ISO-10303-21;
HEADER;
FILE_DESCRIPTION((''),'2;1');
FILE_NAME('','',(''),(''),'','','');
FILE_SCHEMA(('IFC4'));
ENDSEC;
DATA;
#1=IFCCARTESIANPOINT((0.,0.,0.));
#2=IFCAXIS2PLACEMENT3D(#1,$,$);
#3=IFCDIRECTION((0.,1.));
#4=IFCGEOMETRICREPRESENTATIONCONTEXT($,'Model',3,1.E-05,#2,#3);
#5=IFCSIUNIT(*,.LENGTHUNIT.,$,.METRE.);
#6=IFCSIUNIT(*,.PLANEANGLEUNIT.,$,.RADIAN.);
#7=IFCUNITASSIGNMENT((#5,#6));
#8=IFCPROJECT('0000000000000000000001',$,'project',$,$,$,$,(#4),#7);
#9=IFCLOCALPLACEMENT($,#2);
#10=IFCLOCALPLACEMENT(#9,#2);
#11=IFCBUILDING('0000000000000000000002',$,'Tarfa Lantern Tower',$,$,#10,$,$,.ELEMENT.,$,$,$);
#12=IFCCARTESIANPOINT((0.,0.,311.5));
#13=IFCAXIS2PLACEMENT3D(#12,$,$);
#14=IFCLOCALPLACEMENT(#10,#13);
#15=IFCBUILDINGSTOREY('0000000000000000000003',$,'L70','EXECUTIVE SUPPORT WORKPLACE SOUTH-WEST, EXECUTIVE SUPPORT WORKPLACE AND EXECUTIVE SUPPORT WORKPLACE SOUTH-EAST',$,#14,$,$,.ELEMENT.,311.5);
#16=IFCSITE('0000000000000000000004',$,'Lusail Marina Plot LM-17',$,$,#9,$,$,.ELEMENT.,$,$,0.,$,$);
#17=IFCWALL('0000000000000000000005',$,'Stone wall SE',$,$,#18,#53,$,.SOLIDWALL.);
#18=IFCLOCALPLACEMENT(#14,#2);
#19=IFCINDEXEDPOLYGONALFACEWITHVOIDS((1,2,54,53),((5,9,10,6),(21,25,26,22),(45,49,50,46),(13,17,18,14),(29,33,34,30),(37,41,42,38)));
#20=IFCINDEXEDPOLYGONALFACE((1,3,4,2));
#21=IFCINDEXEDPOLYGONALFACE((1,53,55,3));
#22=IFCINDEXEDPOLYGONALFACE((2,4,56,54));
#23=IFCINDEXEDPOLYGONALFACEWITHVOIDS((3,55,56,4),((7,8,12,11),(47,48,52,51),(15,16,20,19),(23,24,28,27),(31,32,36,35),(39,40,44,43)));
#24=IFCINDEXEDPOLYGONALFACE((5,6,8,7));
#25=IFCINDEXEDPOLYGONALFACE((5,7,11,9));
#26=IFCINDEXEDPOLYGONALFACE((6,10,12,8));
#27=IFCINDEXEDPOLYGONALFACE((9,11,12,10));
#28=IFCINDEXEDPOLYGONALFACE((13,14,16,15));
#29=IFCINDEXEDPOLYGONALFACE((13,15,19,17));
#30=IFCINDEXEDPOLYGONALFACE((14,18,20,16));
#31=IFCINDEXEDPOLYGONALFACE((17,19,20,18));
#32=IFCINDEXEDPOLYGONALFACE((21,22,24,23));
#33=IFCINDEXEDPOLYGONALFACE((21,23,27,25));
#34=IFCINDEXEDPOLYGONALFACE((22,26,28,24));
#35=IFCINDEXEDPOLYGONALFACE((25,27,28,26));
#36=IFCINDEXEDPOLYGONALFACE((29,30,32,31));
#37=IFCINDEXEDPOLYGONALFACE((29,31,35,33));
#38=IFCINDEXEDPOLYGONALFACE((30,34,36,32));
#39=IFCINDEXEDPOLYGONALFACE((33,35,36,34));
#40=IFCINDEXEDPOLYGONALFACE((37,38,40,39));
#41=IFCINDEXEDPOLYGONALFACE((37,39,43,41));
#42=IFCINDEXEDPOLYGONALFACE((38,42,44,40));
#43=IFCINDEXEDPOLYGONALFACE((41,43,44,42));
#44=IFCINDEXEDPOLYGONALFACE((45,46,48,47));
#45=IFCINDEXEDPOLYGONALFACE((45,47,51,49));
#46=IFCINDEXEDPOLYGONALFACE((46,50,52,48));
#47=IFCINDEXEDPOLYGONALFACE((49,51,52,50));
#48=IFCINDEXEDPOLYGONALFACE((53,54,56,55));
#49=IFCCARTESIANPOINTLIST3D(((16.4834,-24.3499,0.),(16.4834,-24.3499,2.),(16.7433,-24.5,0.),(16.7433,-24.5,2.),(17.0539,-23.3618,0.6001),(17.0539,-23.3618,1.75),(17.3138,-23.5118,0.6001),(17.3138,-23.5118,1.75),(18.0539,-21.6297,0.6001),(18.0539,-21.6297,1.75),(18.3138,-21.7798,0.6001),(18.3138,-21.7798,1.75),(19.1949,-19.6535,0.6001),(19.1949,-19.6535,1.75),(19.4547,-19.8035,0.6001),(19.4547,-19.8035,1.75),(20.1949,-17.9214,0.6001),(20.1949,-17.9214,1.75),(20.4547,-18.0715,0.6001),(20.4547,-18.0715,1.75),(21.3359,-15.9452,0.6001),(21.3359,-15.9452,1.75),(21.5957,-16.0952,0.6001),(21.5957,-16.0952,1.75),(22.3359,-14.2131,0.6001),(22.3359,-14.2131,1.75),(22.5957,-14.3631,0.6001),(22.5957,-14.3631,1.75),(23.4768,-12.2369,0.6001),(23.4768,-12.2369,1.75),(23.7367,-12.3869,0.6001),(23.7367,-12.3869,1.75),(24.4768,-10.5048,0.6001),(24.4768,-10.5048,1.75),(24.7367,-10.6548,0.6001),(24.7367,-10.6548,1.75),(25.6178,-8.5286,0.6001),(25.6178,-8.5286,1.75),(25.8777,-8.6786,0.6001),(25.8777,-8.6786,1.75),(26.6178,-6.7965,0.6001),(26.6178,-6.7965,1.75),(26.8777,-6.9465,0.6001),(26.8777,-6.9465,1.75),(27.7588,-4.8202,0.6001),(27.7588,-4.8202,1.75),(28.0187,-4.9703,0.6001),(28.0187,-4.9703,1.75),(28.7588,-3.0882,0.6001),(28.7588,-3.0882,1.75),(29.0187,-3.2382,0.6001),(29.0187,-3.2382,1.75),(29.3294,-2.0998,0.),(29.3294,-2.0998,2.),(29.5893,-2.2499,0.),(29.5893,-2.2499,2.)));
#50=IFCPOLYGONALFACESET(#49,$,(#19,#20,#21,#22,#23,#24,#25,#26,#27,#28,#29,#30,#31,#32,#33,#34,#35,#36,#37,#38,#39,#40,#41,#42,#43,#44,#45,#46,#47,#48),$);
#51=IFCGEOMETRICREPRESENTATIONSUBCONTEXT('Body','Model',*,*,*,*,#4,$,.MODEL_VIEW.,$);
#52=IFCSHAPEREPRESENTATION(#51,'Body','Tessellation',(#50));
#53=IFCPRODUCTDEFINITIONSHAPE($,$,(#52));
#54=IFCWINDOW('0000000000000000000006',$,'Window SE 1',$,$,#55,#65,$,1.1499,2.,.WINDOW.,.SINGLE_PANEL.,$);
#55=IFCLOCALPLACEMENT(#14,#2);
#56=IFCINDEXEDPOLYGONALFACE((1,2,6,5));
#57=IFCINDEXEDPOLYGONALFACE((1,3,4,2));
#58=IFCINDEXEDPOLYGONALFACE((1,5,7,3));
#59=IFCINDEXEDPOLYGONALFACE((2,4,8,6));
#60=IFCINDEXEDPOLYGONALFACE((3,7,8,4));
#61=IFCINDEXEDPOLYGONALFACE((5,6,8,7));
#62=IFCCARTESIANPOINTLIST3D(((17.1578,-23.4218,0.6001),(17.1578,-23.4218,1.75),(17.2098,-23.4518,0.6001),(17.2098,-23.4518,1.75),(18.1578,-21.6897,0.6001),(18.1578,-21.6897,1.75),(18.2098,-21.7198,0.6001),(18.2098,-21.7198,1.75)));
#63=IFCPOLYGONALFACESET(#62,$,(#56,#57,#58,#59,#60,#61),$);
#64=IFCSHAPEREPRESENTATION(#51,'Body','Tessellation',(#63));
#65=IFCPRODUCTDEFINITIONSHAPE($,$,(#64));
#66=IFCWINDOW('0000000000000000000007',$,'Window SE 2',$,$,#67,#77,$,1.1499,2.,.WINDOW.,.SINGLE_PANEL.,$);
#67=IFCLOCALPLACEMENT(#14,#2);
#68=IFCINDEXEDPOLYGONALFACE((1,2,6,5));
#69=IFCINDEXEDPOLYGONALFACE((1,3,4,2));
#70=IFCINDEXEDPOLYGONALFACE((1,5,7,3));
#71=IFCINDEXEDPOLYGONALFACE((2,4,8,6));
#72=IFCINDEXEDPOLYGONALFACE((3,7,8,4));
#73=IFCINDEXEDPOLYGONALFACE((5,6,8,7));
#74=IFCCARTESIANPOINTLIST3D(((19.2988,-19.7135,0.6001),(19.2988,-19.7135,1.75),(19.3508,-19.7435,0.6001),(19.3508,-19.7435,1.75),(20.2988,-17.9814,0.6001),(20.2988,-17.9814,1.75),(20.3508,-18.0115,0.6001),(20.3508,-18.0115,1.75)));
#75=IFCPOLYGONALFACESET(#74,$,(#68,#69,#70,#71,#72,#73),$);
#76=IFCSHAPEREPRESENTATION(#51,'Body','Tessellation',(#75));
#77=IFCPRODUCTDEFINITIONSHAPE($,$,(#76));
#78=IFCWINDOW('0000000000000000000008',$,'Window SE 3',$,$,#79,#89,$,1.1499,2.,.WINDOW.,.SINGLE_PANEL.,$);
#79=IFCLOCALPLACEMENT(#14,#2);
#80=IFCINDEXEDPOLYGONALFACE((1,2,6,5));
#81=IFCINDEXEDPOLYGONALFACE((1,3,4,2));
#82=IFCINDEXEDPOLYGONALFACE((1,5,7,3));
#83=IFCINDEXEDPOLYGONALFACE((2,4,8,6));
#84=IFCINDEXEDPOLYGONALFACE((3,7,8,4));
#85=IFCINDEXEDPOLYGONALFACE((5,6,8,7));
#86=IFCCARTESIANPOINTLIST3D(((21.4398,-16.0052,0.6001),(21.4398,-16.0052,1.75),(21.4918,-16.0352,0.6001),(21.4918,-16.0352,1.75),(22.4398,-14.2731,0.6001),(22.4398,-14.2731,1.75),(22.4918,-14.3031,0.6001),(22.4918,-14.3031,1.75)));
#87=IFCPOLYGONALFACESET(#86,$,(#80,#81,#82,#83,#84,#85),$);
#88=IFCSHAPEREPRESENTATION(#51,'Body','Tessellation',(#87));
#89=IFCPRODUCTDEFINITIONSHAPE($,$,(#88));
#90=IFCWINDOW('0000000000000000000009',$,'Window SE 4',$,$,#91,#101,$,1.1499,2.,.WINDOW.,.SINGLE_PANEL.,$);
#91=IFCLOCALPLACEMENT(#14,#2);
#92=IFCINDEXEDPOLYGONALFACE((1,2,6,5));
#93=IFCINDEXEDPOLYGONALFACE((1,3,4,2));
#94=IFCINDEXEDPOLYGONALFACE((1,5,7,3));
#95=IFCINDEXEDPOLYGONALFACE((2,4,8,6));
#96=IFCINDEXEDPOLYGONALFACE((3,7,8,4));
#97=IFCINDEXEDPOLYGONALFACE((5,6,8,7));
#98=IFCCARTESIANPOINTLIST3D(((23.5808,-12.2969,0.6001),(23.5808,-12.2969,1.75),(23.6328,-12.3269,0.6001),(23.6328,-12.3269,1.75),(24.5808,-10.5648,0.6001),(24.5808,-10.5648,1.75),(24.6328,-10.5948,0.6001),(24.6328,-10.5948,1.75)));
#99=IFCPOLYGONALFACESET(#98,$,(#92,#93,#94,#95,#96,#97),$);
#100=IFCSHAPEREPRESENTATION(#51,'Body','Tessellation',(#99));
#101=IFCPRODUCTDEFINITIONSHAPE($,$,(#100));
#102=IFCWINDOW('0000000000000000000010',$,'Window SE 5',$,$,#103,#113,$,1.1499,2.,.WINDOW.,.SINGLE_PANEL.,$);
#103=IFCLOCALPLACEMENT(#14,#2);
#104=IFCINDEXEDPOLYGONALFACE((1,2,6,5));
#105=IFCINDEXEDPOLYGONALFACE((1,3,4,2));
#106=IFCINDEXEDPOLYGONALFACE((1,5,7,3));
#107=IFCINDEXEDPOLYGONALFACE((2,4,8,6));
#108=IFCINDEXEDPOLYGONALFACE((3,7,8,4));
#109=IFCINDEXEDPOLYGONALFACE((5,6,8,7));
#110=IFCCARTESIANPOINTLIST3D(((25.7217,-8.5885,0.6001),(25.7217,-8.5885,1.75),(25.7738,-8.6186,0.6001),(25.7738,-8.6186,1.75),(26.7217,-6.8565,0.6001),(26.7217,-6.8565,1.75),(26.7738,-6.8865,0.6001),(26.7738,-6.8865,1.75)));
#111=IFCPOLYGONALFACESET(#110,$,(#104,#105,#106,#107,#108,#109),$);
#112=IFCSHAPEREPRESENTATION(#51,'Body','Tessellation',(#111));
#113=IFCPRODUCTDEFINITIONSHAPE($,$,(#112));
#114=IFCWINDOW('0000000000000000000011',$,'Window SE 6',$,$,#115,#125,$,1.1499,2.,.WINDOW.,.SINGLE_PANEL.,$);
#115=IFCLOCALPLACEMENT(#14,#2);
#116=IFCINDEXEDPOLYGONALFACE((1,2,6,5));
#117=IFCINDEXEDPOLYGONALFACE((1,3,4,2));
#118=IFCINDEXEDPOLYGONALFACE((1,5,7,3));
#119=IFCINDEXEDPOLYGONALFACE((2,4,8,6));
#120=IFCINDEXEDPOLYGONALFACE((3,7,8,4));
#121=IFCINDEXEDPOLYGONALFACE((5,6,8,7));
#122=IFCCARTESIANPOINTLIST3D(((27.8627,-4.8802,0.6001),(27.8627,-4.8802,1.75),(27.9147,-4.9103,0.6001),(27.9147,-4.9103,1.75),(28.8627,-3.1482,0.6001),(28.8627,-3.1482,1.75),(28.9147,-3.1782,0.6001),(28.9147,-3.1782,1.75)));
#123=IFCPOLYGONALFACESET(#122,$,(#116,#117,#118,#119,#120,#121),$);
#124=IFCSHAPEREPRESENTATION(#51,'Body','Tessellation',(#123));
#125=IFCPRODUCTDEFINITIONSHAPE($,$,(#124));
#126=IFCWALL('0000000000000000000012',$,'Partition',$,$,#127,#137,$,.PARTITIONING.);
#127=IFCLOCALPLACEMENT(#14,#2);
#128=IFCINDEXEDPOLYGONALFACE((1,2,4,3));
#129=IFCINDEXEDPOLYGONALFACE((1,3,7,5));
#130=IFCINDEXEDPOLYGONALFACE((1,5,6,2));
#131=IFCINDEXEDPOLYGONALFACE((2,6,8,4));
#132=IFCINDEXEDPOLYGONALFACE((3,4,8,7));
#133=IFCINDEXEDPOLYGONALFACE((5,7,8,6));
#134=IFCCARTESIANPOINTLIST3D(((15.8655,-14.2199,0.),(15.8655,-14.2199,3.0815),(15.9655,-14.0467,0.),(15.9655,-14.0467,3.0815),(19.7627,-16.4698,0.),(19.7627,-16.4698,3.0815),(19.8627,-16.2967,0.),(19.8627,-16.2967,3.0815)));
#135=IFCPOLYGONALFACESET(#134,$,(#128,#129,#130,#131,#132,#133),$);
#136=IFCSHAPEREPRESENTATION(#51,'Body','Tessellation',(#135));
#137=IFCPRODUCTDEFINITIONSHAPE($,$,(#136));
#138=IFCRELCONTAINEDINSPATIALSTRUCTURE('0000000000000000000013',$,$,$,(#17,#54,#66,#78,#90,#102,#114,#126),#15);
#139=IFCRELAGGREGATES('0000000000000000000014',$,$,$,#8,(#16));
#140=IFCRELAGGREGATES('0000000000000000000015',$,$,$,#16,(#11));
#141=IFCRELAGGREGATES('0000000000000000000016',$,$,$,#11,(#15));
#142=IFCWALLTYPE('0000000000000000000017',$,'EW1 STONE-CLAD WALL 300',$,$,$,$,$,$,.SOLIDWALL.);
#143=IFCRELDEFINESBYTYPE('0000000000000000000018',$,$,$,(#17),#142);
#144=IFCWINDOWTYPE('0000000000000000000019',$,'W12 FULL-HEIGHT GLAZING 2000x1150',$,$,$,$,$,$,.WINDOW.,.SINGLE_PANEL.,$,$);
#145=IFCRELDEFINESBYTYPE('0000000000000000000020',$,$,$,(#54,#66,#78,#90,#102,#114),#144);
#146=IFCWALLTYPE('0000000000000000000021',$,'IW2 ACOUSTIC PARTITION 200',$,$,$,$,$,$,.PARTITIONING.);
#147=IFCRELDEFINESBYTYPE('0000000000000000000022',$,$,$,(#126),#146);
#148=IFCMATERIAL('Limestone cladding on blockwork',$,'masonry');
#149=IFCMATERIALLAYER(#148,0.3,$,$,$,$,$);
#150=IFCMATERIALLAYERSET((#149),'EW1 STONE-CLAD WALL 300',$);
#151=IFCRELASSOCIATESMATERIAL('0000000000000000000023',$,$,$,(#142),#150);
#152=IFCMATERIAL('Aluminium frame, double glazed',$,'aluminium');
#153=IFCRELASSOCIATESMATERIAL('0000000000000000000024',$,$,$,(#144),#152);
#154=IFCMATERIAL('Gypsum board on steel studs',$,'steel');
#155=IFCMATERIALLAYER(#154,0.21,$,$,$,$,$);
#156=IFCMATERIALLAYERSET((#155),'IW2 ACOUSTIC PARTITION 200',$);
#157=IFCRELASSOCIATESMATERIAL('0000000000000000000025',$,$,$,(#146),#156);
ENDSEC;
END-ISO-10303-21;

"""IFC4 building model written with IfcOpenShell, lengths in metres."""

from ifc_helpers import new_model, si_unit, direction, frame, frame_2d, origin, place, context, subcontext, project, spatial, rectangle, extrude, material, layer, layer_set, type_object, element, fill, save


model = new_model("IFC4")

# Units and contexts
model_context = context("Model", 3, precision=1e-05, world=origin(), true_north=direction((0.0, 1.0)))
body_context = subcontext(model_context, "Body", "Model", "MODEL_VIEW")
ifc_project = project(units=[si_unit("LENGTHUNIT", "METRE"), si_unit("PLANEANGLEUNIT", "RADIAN")], contexts=[model_context])

# Site, building, storey
site_placement = place(None, origin())
site = spatial("IfcSite", under=ifc_project, at=site_placement, Name="Lusail Marina Plot LM-17", CompositionType="ELEMENT", RefElevation=0.0)
building_placement = place(site_placement, origin())
building = spatial("IfcBuilding", under=site, at=building_placement, Name="Tarfa Lantern Tower", CompositionType="ELEMENT")
storey_placement = place(building_placement, frame((0.0, 0.0, 311.5)))
storey = spatial("IfcBuildingStorey", under=building, at=storey_placement, Name="L70", Description="EXECUTIVE SUPPORT WORKPLACE SOUTH-WEST, EXECUTIVE SUPPORT WORKPLACE AND EXECUTIVE SUPPORT WORKPLACE SOUTH-EAST", CompositionType="ELEMENT", Elevation=311.5)

# Wall, openings, windows
ifc_material_1 = material(Name="Limestone cladding on blockwork", Category="masonry")
ifc_layer_1 = layer(ifc_material_1, 0.3)
ifc_layer_set_1 = layer_set([ifc_layer_1], Name="EW1 STONE-CLAD WALL 300")
wall_type_1 = type_object("IfcWallType", Name="EW1 STONE-CLAD WALL 300", PredefinedType="SOLIDWALL", material=ifc_layer_set_1)
wall_1_placement = place(storey_placement, frame((16.6133, -24.425, 0.0), z_axis=(0.0, 0.0, 1.0), x_axis=(0.499997, 0.866027, 0.0)))
wall_1 = element("IfcWall", 1, at=wall_1_placement, inside=storey, type_object=wall_type_1, Name="Stone wall SE", PredefinedType="SOLIDWALL", context=body_context, shape_type="SweptSolid", body=[
    extrude(rectangle(XDim=25.6921, YDim=0.3, at=frame_2d((12.8462, 0.0))), origin(), (0.0, 0.0, 1.0), 2.0),
])
opening_1_placement = place(wall_1_placement, frame((1.1411, 0.0, 0.6001)))
opening_1 = element("IfcOpeningElement", 2, at=opening_1_placement, cuts=wall_1, PredefinedType="OPENING", context=body_context, shape_type="SweptSolid", body=[
    extrude(rectangle(XDim=2.0, YDim=1.1499, at=frame_2d((1.0, 0.575))), frame((0.0, 0.1599, 0.0), z_axis=(0.0, -1.0, 0.0), x_axis=(1.0, 0.0, 0.0)), (0.0, 0.0, 1.0), 0.3201),
])
opening_2_placement = place(wall_1_placement, frame((5.4231, 0.0, 0.6001)))
opening_2 = element("IfcOpeningElement", 3, at=opening_2_placement, cuts=wall_1, PredefinedType="OPENING", context=body_context, shape_type="SweptSolid", body=[
    extrude(rectangle(XDim=2.0, YDim=1.1499, at=frame_2d((1.0, 0.575))), frame((0.0, 0.1599, 0.0), z_axis=(0.0, -1.0, 0.0), x_axis=(1.0, 0.0, 0.0)), (0.0, 0.0, 1.0), 0.3201),
])
opening_3_placement = place(wall_1_placement, frame((9.7051, 0.0, 0.6001)))
opening_3 = element("IfcOpeningElement", 4, at=opening_3_placement, cuts=wall_1, PredefinedType="OPENING", context=body_context, shape_type="SweptSolid", body=[
    extrude(rectangle(XDim=2.0, YDim=1.1499, at=frame_2d((1.0, 0.575))), frame((0.0, 0.1599, 0.0), z_axis=(0.0, -1.0, 0.0), x_axis=(1.0, 0.0, 0.0)), (0.0, 0.0, 1.0), 0.3201),
])
opening_4_placement = place(wall_1_placement, frame((13.9871, 0.0, 0.6001)))
opening_4 = element("IfcOpeningElement", 5, at=opening_4_placement, cuts=wall_1, PredefinedType="OPENING", context=body_context, shape_type="SweptSolid", body=[
    extrude(rectangle(XDim=2.0, YDim=1.1499, at=frame_2d((1.0, 0.575))), frame((0.0, 0.1599, 0.0), z_axis=(0.0, -1.0, 0.0), x_axis=(1.0, 0.0, 0.0)), (0.0, 0.0, 1.0), 0.3201),
])
opening_5_placement = place(wall_1_placement, frame((18.269, 0.0, 0.6001)))
opening_5 = element("IfcOpeningElement", 6, at=opening_5_placement, cuts=wall_1, PredefinedType="OPENING", context=body_context, shape_type="SweptSolid", body=[
    extrude(rectangle(XDim=2.0, YDim=1.1499, at=frame_2d((1.0, 0.575))), frame((0.0, 0.1599, 0.0), z_axis=(0.0, -1.0, 0.0), x_axis=(1.0, 0.0, 0.0)), (0.0, 0.0, 1.0), 0.3201),
])
opening_6_placement = place(wall_1_placement, frame((22.551, 0.0, 0.6001)))
opening_6 = element("IfcOpeningElement", 7, at=opening_6_placement, cuts=wall_1, PredefinedType="OPENING", context=body_context, shape_type="SweptSolid", body=[
    extrude(rectangle(XDim=2.0, YDim=1.1499, at=frame_2d((1.0, 0.575))), frame((0.0, 0.1599, 0.0), z_axis=(0.0, -1.0, 0.0), x_axis=(1.0, 0.0, 0.0)), (0.0, 0.0, 1.0), 0.3201),
])
ifc_material_2 = material(Name="Aluminium frame, double glazed", Category="aluminium")
window_type = type_object("IfcWindowType", Name="W12 FULL-HEIGHT GLAZING 2000x1150", PartitioningType="SINGLE_PANEL", PredefinedType="WINDOW", material=ifc_material_2)
window_1_placement = place(opening_1_placement, origin())
window_1 = element("IfcWindow", 8, at=window_1_placement, inside=storey, type_object=window_type, Name="Window SE 1", OverallHeight=1.1499, OverallWidth=2.0, PartitioningType="SINGLE_PANEL", PredefinedType="WINDOW", context=body_context, shape_type="SweptSolid", body=[
    extrude(rectangle(XDim=2.0, YDim=1.1499, at=frame_2d((1.0, 0.575))), frame((0.0, 0.03, 0.0), z_axis=(0.0, -1.0, 0.0), x_axis=(1.0, 0.0, 0.0)), (0.0, 0.0, 1.0), 0.0601),
])
fill(opening_1, window_1)
window_2_placement = place(opening_2_placement, origin())
window_2 = element("IfcWindow", 9, at=window_2_placement, inside=storey, type_object=window_type, Name="Window SE 2", OverallHeight=1.1499, OverallWidth=2.0, PartitioningType="SINGLE_PANEL", PredefinedType="WINDOW", context=body_context, shape_type="SweptSolid", body=[
    extrude(rectangle(XDim=2.0, YDim=1.1499, at=frame_2d((1.0, 0.575))), frame((0.0, 0.03, 0.0), z_axis=(0.0, -1.0, 0.0), x_axis=(1.0, 0.0, 0.0)), (0.0, 0.0, 1.0), 0.0601),
])
fill(opening_2, window_2)
window_3_placement = place(opening_3_placement, origin())
window_3 = element("IfcWindow", 10, at=window_3_placement, inside=storey, type_object=window_type, Name="Window SE 3", OverallHeight=1.1499, OverallWidth=2.0, PartitioningType="SINGLE_PANEL", PredefinedType="WINDOW", context=body_context, shape_type="SweptSolid", body=[
    extrude(rectangle(XDim=2.0, YDim=1.1499, at=frame_2d((1.0, 0.575))), frame((0.0, 0.03, 0.0), z_axis=(0.0, -1.0, 0.0), x_axis=(1.0, 0.0, 0.0)), (0.0, 0.0, 1.0), 0.0601),
])
fill(opening_3, window_3)
window_4_placement = place(opening_4_placement, origin())
window_4 = element("IfcWindow", 11, at=window_4_placement, inside=storey, type_object=window_type, Name="Window SE 4", OverallHeight=1.1499, OverallWidth=2.0, PartitioningType="SINGLE_PANEL", PredefinedType="WINDOW", context=body_context, shape_type="SweptSolid", body=[
    extrude(rectangle(XDim=2.0, YDim=1.1499, at=frame_2d((1.0, 0.575))), frame((0.0, 0.03, 0.0), z_axis=(0.0, -1.0, 0.0), x_axis=(1.0, 0.0, 0.0)), (0.0, 0.0, 1.0), 0.0601),
])
fill(opening_4, window_4)
window_5_placement = place(opening_5_placement, origin())
window_5 = element("IfcWindow", 12, at=window_5_placement, inside=storey, type_object=window_type, Name="Window SE 5", OverallHeight=1.1499, OverallWidth=2.0, PartitioningType="SINGLE_PANEL", PredefinedType="WINDOW", context=body_context, shape_type="SweptSolid", body=[
    extrude(rectangle(XDim=2.0, YDim=1.1499, at=frame_2d((1.0, 0.575))), frame((0.0, 0.03, 0.0), z_axis=(0.0, -1.0, 0.0), x_axis=(1.0, 0.0, 0.0)), (0.0, 0.0, 1.0), 0.0601),
])
fill(opening_5, window_5)
window_6_placement = place(opening_6_placement, origin())
window_6 = element("IfcWindow", 13, at=window_6_placement, inside=storey, type_object=window_type, Name="Window SE 6", OverallHeight=1.1499, OverallWidth=2.0, PartitioningType="SINGLE_PANEL", PredefinedType="WINDOW", context=body_context, shape_type="SweptSolid", body=[
    extrude(rectangle(XDim=2.0, YDim=1.1499, at=frame_2d((1.0, 0.575))), frame((0.0, 0.03, 0.0), z_axis=(0.0, -1.0, 0.0), x_axis=(1.0, 0.0, 0.0)), (0.0, 0.0, 1.0), 0.0601),
])
fill(opening_6, window_6)

# Shared definitions
ifc_material_3 = material(Name="Gypsum board on steel studs", Category="steel")
ifc_layer_2 = layer(ifc_material_3, 0.21)
ifc_layer_set_2 = layer_set([ifc_layer_2], Name="IW2 ACOUSTIC PARTITION 200")
wall_type_2 = type_object("IfcWallType", Name="IW2 ACOUSTIC PARTITION 200", PredefinedType="PARTITIONING", material=ifc_layer_set_2)

# Wall
wall_2_placement = place(storey_placement, frame((15.9155, -14.1333, 0.0), z_axis=(0.0, 0.0, 1.0), x_axis=(0.866031, -0.49999, 0.0)))
element("IfcWall", 14, at=wall_2_placement, inside=storey, type_object=wall_type_2, Name="Partition", PredefinedType="PARTITIONING", context=body_context, shape_type="SweptSolid", body=[
    extrude(rectangle(XDim=4.5, YDim=0.2, at=frame_2d((2.25, 0.0))), origin(), (0.0, 0.0, 1.0), 3.0815),
])

save(model, "model.ifc")
